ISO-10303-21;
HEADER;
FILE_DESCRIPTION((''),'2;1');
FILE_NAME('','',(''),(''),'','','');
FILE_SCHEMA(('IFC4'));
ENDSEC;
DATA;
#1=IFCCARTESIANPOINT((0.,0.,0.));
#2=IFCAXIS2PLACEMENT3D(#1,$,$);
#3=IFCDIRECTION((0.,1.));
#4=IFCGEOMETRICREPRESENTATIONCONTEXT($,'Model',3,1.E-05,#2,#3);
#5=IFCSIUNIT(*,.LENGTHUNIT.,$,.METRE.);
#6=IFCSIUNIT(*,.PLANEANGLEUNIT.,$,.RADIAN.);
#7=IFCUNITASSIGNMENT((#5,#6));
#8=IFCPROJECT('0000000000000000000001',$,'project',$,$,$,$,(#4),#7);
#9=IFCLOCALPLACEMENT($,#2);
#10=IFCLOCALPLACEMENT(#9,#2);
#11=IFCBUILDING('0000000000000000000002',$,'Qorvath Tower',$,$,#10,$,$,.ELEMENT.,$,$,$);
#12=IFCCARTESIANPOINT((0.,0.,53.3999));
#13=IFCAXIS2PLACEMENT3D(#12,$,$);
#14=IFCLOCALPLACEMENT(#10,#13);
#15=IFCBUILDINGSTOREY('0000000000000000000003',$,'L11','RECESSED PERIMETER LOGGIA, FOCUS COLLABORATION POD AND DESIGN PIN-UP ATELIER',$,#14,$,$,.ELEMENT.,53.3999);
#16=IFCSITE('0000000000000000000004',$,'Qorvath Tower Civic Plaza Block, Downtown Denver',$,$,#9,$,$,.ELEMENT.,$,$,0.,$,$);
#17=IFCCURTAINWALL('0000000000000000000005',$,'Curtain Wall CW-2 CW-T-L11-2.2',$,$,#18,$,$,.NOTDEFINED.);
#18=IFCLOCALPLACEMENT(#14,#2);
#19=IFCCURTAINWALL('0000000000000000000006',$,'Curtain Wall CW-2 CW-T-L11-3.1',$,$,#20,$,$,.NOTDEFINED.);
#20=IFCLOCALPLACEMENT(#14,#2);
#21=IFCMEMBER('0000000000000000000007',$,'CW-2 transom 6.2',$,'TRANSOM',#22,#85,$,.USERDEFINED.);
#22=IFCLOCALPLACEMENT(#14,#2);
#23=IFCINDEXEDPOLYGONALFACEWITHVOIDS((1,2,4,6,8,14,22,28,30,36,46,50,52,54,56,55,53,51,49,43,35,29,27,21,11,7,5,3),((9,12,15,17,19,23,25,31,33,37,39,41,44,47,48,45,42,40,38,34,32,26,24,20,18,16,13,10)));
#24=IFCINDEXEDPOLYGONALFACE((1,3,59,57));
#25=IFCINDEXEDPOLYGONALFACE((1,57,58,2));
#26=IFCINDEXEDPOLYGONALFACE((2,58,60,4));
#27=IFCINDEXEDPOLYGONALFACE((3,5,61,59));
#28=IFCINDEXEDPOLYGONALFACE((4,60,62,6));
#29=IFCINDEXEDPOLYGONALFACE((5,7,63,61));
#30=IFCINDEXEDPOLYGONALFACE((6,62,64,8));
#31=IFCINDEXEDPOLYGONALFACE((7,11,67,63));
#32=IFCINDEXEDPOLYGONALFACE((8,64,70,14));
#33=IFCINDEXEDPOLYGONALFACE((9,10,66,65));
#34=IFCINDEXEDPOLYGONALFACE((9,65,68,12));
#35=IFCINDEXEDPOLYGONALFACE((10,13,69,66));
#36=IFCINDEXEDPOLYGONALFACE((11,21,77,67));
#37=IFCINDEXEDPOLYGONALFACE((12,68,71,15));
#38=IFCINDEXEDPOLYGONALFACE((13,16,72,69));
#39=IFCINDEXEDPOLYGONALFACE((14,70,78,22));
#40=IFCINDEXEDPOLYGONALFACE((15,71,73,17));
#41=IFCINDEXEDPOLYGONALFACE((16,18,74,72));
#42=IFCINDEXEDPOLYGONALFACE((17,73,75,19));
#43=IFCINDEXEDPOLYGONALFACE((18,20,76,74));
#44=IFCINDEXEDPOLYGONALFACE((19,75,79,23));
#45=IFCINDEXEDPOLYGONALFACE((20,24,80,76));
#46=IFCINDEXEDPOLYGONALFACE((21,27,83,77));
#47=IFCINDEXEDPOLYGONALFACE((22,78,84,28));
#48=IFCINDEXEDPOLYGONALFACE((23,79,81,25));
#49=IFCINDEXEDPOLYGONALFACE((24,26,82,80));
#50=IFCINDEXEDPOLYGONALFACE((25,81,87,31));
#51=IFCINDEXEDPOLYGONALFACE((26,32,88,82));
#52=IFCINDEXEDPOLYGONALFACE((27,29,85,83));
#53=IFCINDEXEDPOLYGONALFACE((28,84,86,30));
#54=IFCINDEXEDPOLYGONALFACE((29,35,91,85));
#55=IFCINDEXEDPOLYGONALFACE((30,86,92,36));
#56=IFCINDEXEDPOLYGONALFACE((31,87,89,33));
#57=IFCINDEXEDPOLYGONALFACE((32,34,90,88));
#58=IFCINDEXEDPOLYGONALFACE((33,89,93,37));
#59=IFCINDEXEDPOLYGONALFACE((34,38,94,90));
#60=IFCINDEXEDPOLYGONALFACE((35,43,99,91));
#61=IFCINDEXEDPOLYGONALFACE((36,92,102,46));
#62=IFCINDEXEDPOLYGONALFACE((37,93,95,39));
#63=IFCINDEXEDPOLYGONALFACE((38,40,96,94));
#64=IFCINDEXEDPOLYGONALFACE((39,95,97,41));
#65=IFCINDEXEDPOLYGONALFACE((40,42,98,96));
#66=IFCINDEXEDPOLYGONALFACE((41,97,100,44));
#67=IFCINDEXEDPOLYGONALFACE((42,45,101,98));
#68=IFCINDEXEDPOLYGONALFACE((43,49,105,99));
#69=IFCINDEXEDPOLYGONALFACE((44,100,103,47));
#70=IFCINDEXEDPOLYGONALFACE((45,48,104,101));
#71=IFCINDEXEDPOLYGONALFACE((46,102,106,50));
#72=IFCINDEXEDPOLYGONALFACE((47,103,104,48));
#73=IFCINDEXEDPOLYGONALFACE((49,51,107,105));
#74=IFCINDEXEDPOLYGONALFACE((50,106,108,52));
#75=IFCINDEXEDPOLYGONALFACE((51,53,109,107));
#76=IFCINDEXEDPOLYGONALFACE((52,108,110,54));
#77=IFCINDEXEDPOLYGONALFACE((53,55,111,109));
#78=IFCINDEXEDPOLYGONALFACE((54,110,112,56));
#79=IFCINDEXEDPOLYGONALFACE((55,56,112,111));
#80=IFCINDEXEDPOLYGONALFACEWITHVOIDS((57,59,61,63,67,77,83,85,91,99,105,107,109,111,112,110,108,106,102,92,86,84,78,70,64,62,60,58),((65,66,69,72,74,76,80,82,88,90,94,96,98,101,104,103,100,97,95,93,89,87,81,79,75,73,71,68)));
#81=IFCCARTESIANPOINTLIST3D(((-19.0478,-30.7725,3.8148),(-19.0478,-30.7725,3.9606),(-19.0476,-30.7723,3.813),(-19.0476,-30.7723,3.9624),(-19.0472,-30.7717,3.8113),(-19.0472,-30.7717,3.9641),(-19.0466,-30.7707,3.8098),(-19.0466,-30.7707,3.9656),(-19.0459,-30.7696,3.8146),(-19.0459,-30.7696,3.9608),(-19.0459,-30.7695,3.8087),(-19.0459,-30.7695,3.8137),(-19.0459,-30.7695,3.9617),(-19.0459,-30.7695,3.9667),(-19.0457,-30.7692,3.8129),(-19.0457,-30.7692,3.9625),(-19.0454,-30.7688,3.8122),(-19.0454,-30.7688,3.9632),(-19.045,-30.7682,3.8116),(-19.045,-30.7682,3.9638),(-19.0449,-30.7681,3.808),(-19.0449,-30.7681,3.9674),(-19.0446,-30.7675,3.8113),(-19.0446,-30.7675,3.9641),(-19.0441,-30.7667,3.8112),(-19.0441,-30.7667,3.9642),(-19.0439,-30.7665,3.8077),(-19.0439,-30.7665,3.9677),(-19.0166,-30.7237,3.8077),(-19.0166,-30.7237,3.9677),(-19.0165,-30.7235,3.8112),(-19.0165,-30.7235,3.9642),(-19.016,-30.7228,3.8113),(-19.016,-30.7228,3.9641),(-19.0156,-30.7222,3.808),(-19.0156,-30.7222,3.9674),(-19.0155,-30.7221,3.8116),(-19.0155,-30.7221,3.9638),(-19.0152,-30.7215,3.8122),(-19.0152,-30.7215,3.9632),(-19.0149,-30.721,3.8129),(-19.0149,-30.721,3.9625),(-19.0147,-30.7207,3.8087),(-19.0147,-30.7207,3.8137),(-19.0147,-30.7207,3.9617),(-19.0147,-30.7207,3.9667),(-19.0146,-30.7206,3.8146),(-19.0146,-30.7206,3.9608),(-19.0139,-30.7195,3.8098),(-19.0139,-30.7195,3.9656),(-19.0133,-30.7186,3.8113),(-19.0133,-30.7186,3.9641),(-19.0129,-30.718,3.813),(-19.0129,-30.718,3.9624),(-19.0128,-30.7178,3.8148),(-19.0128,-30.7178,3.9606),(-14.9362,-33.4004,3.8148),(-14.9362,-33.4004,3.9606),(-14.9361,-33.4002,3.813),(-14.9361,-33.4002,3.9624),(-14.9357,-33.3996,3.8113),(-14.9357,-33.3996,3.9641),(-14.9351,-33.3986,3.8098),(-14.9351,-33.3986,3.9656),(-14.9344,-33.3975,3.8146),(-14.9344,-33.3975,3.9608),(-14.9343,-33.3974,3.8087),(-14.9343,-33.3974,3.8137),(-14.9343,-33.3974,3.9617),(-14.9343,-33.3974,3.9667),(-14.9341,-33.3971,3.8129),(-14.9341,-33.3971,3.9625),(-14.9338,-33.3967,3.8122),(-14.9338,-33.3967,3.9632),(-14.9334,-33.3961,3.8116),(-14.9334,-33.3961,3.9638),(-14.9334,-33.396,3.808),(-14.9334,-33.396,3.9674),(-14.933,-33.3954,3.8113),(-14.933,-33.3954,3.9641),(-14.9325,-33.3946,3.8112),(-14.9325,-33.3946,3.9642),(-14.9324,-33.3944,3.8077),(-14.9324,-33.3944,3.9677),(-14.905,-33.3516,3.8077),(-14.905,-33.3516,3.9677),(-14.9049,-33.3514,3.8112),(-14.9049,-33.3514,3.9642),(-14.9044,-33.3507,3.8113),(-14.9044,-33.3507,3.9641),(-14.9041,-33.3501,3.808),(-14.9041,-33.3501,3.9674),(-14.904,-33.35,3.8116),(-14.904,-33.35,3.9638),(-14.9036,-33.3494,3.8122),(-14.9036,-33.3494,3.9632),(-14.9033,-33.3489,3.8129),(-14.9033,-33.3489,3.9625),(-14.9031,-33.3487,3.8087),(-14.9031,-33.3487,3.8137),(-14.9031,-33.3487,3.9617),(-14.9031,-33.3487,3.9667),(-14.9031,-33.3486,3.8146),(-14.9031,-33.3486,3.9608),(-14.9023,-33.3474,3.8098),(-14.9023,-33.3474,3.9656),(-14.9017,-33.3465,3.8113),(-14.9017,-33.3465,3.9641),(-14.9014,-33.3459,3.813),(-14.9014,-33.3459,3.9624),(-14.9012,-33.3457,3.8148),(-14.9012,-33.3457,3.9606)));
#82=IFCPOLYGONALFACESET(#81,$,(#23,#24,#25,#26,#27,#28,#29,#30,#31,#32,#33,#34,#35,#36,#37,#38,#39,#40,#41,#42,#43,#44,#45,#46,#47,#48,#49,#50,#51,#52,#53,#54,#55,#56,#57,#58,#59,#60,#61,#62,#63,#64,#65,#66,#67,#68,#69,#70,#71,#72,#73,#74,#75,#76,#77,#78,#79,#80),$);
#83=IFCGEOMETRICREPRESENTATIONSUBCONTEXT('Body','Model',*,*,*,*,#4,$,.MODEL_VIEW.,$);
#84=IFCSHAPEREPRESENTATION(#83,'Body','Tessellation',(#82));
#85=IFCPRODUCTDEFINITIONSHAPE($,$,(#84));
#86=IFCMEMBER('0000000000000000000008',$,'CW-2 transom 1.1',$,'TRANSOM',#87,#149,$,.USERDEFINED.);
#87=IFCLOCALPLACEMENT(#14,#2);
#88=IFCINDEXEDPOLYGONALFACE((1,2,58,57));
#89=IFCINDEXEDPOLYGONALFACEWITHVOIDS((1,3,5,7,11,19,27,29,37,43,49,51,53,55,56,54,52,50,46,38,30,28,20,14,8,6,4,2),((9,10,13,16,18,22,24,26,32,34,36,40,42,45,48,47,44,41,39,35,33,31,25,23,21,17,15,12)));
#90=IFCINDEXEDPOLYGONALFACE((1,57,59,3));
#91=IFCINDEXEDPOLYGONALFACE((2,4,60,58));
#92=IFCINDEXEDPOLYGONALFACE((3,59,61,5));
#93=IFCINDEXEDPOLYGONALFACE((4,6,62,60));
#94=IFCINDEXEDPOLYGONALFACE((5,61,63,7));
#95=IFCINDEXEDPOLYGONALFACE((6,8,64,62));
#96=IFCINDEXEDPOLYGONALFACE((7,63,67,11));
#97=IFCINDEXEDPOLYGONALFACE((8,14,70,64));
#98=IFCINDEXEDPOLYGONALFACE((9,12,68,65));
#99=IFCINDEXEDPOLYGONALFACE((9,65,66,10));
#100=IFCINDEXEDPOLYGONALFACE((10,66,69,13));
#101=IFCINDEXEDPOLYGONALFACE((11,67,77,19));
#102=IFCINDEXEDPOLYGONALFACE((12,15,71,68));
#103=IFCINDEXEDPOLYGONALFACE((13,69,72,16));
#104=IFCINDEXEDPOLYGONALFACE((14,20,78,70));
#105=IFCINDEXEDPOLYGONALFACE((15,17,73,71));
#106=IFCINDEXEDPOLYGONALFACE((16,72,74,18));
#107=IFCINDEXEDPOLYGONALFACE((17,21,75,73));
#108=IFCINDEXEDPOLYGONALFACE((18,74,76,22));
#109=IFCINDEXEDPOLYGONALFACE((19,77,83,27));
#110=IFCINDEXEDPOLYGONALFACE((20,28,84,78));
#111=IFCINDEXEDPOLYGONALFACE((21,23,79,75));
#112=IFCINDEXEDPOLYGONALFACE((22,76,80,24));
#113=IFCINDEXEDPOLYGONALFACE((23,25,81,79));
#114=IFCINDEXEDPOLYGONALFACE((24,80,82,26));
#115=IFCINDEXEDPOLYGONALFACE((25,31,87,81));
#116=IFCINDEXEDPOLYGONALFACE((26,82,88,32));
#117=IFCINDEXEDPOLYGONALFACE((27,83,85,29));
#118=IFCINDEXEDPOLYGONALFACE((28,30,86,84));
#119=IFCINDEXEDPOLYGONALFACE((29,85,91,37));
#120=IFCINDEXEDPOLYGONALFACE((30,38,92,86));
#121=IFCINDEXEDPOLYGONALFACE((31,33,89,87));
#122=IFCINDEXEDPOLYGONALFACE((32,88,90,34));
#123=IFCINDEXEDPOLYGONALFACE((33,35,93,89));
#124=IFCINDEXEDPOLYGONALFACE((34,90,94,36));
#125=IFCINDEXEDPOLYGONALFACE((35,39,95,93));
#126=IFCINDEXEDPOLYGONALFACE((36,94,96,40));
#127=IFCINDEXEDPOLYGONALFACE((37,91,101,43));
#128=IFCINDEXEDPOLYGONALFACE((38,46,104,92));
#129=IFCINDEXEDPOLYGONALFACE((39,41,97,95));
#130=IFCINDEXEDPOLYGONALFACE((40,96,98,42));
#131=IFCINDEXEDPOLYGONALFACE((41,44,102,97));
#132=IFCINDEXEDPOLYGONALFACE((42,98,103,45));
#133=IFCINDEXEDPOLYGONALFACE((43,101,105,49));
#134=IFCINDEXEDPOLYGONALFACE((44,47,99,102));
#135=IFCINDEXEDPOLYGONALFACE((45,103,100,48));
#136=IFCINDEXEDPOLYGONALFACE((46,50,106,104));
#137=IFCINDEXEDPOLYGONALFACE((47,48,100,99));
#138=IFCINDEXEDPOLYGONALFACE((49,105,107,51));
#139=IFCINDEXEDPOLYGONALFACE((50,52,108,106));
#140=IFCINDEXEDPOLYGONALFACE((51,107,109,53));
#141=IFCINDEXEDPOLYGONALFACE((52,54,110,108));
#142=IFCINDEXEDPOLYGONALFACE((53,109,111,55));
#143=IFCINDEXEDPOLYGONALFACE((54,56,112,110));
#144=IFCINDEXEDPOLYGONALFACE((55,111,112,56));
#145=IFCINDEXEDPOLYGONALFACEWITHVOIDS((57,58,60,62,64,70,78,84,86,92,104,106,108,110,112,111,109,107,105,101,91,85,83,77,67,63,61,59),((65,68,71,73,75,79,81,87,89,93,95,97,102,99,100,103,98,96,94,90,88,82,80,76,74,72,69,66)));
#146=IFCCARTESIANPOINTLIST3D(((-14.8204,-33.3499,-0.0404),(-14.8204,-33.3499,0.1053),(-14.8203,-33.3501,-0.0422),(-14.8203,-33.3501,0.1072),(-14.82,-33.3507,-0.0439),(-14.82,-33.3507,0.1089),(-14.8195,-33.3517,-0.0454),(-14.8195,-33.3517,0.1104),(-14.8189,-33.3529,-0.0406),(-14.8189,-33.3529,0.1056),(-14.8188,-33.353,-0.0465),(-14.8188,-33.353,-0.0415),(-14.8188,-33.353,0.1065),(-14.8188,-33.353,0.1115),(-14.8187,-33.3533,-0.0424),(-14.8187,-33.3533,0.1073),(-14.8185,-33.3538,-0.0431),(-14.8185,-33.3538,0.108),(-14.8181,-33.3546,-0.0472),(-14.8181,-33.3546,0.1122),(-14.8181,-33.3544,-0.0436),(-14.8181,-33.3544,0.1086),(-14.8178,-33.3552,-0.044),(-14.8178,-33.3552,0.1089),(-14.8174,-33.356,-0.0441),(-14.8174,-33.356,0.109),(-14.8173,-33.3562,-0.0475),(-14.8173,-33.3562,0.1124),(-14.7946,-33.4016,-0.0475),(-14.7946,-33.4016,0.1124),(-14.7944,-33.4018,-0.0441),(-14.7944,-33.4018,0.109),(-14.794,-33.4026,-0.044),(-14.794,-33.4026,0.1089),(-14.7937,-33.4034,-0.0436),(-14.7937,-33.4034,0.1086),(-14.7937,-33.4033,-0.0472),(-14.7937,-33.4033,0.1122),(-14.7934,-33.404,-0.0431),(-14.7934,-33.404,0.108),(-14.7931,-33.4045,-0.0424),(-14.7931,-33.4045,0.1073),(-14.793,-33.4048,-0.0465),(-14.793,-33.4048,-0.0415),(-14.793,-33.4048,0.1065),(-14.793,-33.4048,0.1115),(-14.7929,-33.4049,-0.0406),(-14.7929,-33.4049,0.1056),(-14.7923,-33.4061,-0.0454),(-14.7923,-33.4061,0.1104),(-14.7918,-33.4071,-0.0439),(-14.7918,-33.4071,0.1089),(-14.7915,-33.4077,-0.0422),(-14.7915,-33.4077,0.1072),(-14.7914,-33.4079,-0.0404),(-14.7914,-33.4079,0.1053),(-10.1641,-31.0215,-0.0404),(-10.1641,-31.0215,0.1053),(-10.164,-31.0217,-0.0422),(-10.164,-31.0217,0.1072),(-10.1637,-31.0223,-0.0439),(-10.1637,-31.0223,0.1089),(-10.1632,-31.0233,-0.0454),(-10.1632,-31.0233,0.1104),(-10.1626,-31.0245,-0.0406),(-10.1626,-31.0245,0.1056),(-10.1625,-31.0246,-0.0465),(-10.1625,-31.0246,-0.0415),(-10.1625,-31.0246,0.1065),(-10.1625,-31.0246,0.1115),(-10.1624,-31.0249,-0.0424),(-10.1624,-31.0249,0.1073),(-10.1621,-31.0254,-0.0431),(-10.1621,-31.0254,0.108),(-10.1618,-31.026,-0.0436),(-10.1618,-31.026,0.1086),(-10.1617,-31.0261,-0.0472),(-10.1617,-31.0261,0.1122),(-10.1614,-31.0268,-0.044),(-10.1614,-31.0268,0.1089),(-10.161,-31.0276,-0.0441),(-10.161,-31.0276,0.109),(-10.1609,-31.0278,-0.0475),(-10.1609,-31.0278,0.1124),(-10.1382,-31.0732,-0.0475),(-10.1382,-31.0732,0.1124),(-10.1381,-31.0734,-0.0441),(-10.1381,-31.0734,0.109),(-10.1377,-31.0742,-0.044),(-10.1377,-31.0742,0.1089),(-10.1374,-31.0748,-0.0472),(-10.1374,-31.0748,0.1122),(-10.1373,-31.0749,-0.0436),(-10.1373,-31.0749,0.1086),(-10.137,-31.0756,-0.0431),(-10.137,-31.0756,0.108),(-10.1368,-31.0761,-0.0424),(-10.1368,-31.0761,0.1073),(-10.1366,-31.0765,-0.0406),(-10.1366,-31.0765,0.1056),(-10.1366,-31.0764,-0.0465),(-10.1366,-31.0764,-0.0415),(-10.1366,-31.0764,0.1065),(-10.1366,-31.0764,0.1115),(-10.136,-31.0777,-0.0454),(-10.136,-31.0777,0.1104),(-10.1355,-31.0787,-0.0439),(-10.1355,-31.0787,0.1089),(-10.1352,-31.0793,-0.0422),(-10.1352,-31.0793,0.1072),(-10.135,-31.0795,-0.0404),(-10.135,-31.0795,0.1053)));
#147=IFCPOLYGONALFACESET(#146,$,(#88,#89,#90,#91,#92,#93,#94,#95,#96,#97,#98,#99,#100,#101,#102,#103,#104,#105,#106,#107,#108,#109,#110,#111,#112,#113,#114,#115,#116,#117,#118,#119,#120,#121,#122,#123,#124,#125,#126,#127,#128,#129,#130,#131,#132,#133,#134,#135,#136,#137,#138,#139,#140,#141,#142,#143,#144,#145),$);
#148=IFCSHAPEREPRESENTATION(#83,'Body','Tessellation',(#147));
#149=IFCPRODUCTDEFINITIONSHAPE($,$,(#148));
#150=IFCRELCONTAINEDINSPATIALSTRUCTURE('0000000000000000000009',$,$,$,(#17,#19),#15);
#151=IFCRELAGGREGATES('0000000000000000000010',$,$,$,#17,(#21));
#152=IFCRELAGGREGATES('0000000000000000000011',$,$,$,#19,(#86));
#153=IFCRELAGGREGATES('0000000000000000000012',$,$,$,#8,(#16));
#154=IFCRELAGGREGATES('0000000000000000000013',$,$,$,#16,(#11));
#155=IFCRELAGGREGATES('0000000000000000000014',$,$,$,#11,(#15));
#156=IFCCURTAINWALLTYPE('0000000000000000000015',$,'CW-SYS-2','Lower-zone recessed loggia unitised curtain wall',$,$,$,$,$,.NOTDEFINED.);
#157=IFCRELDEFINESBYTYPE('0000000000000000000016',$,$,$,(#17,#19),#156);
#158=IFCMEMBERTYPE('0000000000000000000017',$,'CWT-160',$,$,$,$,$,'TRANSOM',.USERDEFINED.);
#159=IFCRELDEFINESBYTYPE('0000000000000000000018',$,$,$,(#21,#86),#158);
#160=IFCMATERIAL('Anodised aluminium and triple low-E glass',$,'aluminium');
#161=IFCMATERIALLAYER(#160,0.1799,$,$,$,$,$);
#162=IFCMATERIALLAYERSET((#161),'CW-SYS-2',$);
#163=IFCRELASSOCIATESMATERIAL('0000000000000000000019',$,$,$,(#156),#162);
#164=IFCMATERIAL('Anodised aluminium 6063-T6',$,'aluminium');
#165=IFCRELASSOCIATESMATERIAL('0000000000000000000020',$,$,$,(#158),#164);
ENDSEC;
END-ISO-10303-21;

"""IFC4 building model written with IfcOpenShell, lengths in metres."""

from ifc_helpers import new_model, si_unit, direction, frame, origin, origin_2d, place, context, subcontext, project, spatial, hollow_rectangle, extrude, material, layer, layer_set, material_profile, profile_set, type_object, element, aggregate, save


model = new_model("IFC4")

# Units and contexts
model_context = context("Model", 3, precision=1e-05, world=origin(), true_north=direction((0.0, 1.0)))
body_context = subcontext(model_context, "Body", "Model", "MODEL_VIEW")
ifc_project = project(units=[si_unit("LENGTHUNIT", "METRE"), si_unit("PLANEANGLEUNIT", "RADIAN")], contexts=[model_context])

# Site, building, storey
site_placement = place(None, origin())
site = spatial("IfcSite", under=ifc_project, at=site_placement, Name="Qorvath Tower Civic Plaza Block, Downtown Denver", CompositionType="ELEMENT", RefElevation=0.0)
building_placement = place(site_placement, origin())
building = spatial("IfcBuilding", under=site, at=building_placement, Name="Qorvath Tower", CompositionType="ELEMENT")
storey_placement = place(building_placement, frame((0.0, 0.0, 53.3999)))
storey = spatial("IfcBuildingStorey", under=building, at=storey_placement, Name="L11", Description="RECESSED PERIMETER LOGGIA, FOCUS COLLABORATION POD AND DESIGN PIN-UP ATELIER", CompositionType="ELEMENT", Elevation=53.3999)

# Curtain walls
ifc_material_1 = material(Name="Anodised aluminium and triple low-E glass", Category="aluminium")
ifc_layer_1 = layer(ifc_material_1, 0.1799)
ifc_layer_set_1 = layer_set([ifc_layer_1], Name="CW-SYS-2")
curtain_wall_type = type_object("IfcCurtainWallType", Name="CW-SYS-2", Description="Lower-zone recessed loggia unitised curtain wall", PredefinedType="NOTDEFINED", material=ifc_layer_set_1)
curtain_wall_1_placement = place(storey_placement, origin())
curtain_wall_1 = element("IfcCurtainWall", 1, at=curtain_wall_1_placement, inside=storey, type_object=curtain_wall_type, Name="Curtain Wall CW-2 CW-T-L11-2.2", PredefinedType="NOTDEFINED")
curtain_wall_2_placement = place(storey_placement, origin())
curtain_wall_2 = element("IfcCurtainWall", 2, at=curtain_wall_2_placement, inside=storey, type_object=curtain_wall_type, Name="Curtain Wall CW-2 CW-T-L11-3.1", PredefinedType="NOTDEFINED")

# Members
ifc_material_2 = material(Name="Anodised aluminium 6063-T6", Category="aluminium")
ifc_material_profile_1 = material_profile(ifc_material_2, hollow_rectangle(XDim=0.0649, YDim=0.1599, WallThickness=0.0034, InnerFilletRadius=0.0034, OuterFilletRadius=0.0071, at=origin_2d()), Name="CWT 160x65")
ifc_profile_set_1 = profile_set([ifc_material_profile_1], Name="Anodised aluminium 6063-T6")
member_type_1 = type_object("IfcMemberType", Name="CWT-160", ElementType="TRANSOM", PredefinedType="USERDEFINED", material=ifc_profile_set_1)
member_1_placement = place(storey_placement, frame((-19.0303, -30.7451, 3.8877), z_axis=(0.842595, -0.538548, 0.0), x_axis=(0.538548, 0.842595, 0.0)))
member_1 = element("IfcMember", 3, at=member_1_placement, type_object=member_type_1, Name="CW-2 transom 6.2", ObjectType="TRANSOM", PredefinedType="USERDEFINED", context=body_context, shape_type="SweptSolid", body=[
    extrude(hollow_rectangle(XDim=0.0649, YDim=0.1599, WallThickness=0.0034, InnerFilletRadius=0.0034, OuterFilletRadius=0.0071, at=origin_2d()), origin(), (0.0, 0.0, 1.0), 4.8796),
])
member_2_placement = place(storey_placement, frame((-14.8059, -33.3789, 0.0325), z_axis=(0.894408, 0.447251, 0.0), x_axis=(-0.447251, 0.894408, 0.0)))
member_2 = element("IfcMember", 4, at=member_2_placement, type_object=member_type_1, Name="CW-2 transom 1.1", ObjectType="TRANSOM", PredefinedType="USERDEFINED", context=body_context, shape_type="SweptSolid", body=[
    extrude(hollow_rectangle(XDim=0.0649, YDim=0.1599, WallThickness=0.0034, InnerFilletRadius=0.0034, OuterFilletRadius=0.0071, at=origin_2d()), origin(), (0.0, 0.0, 1.0), 5.2061),
])

aggregate(curtain_wall_1, [member_1])
aggregate(curtain_wall_2, [member_2])

save(model, "model.ifc")
